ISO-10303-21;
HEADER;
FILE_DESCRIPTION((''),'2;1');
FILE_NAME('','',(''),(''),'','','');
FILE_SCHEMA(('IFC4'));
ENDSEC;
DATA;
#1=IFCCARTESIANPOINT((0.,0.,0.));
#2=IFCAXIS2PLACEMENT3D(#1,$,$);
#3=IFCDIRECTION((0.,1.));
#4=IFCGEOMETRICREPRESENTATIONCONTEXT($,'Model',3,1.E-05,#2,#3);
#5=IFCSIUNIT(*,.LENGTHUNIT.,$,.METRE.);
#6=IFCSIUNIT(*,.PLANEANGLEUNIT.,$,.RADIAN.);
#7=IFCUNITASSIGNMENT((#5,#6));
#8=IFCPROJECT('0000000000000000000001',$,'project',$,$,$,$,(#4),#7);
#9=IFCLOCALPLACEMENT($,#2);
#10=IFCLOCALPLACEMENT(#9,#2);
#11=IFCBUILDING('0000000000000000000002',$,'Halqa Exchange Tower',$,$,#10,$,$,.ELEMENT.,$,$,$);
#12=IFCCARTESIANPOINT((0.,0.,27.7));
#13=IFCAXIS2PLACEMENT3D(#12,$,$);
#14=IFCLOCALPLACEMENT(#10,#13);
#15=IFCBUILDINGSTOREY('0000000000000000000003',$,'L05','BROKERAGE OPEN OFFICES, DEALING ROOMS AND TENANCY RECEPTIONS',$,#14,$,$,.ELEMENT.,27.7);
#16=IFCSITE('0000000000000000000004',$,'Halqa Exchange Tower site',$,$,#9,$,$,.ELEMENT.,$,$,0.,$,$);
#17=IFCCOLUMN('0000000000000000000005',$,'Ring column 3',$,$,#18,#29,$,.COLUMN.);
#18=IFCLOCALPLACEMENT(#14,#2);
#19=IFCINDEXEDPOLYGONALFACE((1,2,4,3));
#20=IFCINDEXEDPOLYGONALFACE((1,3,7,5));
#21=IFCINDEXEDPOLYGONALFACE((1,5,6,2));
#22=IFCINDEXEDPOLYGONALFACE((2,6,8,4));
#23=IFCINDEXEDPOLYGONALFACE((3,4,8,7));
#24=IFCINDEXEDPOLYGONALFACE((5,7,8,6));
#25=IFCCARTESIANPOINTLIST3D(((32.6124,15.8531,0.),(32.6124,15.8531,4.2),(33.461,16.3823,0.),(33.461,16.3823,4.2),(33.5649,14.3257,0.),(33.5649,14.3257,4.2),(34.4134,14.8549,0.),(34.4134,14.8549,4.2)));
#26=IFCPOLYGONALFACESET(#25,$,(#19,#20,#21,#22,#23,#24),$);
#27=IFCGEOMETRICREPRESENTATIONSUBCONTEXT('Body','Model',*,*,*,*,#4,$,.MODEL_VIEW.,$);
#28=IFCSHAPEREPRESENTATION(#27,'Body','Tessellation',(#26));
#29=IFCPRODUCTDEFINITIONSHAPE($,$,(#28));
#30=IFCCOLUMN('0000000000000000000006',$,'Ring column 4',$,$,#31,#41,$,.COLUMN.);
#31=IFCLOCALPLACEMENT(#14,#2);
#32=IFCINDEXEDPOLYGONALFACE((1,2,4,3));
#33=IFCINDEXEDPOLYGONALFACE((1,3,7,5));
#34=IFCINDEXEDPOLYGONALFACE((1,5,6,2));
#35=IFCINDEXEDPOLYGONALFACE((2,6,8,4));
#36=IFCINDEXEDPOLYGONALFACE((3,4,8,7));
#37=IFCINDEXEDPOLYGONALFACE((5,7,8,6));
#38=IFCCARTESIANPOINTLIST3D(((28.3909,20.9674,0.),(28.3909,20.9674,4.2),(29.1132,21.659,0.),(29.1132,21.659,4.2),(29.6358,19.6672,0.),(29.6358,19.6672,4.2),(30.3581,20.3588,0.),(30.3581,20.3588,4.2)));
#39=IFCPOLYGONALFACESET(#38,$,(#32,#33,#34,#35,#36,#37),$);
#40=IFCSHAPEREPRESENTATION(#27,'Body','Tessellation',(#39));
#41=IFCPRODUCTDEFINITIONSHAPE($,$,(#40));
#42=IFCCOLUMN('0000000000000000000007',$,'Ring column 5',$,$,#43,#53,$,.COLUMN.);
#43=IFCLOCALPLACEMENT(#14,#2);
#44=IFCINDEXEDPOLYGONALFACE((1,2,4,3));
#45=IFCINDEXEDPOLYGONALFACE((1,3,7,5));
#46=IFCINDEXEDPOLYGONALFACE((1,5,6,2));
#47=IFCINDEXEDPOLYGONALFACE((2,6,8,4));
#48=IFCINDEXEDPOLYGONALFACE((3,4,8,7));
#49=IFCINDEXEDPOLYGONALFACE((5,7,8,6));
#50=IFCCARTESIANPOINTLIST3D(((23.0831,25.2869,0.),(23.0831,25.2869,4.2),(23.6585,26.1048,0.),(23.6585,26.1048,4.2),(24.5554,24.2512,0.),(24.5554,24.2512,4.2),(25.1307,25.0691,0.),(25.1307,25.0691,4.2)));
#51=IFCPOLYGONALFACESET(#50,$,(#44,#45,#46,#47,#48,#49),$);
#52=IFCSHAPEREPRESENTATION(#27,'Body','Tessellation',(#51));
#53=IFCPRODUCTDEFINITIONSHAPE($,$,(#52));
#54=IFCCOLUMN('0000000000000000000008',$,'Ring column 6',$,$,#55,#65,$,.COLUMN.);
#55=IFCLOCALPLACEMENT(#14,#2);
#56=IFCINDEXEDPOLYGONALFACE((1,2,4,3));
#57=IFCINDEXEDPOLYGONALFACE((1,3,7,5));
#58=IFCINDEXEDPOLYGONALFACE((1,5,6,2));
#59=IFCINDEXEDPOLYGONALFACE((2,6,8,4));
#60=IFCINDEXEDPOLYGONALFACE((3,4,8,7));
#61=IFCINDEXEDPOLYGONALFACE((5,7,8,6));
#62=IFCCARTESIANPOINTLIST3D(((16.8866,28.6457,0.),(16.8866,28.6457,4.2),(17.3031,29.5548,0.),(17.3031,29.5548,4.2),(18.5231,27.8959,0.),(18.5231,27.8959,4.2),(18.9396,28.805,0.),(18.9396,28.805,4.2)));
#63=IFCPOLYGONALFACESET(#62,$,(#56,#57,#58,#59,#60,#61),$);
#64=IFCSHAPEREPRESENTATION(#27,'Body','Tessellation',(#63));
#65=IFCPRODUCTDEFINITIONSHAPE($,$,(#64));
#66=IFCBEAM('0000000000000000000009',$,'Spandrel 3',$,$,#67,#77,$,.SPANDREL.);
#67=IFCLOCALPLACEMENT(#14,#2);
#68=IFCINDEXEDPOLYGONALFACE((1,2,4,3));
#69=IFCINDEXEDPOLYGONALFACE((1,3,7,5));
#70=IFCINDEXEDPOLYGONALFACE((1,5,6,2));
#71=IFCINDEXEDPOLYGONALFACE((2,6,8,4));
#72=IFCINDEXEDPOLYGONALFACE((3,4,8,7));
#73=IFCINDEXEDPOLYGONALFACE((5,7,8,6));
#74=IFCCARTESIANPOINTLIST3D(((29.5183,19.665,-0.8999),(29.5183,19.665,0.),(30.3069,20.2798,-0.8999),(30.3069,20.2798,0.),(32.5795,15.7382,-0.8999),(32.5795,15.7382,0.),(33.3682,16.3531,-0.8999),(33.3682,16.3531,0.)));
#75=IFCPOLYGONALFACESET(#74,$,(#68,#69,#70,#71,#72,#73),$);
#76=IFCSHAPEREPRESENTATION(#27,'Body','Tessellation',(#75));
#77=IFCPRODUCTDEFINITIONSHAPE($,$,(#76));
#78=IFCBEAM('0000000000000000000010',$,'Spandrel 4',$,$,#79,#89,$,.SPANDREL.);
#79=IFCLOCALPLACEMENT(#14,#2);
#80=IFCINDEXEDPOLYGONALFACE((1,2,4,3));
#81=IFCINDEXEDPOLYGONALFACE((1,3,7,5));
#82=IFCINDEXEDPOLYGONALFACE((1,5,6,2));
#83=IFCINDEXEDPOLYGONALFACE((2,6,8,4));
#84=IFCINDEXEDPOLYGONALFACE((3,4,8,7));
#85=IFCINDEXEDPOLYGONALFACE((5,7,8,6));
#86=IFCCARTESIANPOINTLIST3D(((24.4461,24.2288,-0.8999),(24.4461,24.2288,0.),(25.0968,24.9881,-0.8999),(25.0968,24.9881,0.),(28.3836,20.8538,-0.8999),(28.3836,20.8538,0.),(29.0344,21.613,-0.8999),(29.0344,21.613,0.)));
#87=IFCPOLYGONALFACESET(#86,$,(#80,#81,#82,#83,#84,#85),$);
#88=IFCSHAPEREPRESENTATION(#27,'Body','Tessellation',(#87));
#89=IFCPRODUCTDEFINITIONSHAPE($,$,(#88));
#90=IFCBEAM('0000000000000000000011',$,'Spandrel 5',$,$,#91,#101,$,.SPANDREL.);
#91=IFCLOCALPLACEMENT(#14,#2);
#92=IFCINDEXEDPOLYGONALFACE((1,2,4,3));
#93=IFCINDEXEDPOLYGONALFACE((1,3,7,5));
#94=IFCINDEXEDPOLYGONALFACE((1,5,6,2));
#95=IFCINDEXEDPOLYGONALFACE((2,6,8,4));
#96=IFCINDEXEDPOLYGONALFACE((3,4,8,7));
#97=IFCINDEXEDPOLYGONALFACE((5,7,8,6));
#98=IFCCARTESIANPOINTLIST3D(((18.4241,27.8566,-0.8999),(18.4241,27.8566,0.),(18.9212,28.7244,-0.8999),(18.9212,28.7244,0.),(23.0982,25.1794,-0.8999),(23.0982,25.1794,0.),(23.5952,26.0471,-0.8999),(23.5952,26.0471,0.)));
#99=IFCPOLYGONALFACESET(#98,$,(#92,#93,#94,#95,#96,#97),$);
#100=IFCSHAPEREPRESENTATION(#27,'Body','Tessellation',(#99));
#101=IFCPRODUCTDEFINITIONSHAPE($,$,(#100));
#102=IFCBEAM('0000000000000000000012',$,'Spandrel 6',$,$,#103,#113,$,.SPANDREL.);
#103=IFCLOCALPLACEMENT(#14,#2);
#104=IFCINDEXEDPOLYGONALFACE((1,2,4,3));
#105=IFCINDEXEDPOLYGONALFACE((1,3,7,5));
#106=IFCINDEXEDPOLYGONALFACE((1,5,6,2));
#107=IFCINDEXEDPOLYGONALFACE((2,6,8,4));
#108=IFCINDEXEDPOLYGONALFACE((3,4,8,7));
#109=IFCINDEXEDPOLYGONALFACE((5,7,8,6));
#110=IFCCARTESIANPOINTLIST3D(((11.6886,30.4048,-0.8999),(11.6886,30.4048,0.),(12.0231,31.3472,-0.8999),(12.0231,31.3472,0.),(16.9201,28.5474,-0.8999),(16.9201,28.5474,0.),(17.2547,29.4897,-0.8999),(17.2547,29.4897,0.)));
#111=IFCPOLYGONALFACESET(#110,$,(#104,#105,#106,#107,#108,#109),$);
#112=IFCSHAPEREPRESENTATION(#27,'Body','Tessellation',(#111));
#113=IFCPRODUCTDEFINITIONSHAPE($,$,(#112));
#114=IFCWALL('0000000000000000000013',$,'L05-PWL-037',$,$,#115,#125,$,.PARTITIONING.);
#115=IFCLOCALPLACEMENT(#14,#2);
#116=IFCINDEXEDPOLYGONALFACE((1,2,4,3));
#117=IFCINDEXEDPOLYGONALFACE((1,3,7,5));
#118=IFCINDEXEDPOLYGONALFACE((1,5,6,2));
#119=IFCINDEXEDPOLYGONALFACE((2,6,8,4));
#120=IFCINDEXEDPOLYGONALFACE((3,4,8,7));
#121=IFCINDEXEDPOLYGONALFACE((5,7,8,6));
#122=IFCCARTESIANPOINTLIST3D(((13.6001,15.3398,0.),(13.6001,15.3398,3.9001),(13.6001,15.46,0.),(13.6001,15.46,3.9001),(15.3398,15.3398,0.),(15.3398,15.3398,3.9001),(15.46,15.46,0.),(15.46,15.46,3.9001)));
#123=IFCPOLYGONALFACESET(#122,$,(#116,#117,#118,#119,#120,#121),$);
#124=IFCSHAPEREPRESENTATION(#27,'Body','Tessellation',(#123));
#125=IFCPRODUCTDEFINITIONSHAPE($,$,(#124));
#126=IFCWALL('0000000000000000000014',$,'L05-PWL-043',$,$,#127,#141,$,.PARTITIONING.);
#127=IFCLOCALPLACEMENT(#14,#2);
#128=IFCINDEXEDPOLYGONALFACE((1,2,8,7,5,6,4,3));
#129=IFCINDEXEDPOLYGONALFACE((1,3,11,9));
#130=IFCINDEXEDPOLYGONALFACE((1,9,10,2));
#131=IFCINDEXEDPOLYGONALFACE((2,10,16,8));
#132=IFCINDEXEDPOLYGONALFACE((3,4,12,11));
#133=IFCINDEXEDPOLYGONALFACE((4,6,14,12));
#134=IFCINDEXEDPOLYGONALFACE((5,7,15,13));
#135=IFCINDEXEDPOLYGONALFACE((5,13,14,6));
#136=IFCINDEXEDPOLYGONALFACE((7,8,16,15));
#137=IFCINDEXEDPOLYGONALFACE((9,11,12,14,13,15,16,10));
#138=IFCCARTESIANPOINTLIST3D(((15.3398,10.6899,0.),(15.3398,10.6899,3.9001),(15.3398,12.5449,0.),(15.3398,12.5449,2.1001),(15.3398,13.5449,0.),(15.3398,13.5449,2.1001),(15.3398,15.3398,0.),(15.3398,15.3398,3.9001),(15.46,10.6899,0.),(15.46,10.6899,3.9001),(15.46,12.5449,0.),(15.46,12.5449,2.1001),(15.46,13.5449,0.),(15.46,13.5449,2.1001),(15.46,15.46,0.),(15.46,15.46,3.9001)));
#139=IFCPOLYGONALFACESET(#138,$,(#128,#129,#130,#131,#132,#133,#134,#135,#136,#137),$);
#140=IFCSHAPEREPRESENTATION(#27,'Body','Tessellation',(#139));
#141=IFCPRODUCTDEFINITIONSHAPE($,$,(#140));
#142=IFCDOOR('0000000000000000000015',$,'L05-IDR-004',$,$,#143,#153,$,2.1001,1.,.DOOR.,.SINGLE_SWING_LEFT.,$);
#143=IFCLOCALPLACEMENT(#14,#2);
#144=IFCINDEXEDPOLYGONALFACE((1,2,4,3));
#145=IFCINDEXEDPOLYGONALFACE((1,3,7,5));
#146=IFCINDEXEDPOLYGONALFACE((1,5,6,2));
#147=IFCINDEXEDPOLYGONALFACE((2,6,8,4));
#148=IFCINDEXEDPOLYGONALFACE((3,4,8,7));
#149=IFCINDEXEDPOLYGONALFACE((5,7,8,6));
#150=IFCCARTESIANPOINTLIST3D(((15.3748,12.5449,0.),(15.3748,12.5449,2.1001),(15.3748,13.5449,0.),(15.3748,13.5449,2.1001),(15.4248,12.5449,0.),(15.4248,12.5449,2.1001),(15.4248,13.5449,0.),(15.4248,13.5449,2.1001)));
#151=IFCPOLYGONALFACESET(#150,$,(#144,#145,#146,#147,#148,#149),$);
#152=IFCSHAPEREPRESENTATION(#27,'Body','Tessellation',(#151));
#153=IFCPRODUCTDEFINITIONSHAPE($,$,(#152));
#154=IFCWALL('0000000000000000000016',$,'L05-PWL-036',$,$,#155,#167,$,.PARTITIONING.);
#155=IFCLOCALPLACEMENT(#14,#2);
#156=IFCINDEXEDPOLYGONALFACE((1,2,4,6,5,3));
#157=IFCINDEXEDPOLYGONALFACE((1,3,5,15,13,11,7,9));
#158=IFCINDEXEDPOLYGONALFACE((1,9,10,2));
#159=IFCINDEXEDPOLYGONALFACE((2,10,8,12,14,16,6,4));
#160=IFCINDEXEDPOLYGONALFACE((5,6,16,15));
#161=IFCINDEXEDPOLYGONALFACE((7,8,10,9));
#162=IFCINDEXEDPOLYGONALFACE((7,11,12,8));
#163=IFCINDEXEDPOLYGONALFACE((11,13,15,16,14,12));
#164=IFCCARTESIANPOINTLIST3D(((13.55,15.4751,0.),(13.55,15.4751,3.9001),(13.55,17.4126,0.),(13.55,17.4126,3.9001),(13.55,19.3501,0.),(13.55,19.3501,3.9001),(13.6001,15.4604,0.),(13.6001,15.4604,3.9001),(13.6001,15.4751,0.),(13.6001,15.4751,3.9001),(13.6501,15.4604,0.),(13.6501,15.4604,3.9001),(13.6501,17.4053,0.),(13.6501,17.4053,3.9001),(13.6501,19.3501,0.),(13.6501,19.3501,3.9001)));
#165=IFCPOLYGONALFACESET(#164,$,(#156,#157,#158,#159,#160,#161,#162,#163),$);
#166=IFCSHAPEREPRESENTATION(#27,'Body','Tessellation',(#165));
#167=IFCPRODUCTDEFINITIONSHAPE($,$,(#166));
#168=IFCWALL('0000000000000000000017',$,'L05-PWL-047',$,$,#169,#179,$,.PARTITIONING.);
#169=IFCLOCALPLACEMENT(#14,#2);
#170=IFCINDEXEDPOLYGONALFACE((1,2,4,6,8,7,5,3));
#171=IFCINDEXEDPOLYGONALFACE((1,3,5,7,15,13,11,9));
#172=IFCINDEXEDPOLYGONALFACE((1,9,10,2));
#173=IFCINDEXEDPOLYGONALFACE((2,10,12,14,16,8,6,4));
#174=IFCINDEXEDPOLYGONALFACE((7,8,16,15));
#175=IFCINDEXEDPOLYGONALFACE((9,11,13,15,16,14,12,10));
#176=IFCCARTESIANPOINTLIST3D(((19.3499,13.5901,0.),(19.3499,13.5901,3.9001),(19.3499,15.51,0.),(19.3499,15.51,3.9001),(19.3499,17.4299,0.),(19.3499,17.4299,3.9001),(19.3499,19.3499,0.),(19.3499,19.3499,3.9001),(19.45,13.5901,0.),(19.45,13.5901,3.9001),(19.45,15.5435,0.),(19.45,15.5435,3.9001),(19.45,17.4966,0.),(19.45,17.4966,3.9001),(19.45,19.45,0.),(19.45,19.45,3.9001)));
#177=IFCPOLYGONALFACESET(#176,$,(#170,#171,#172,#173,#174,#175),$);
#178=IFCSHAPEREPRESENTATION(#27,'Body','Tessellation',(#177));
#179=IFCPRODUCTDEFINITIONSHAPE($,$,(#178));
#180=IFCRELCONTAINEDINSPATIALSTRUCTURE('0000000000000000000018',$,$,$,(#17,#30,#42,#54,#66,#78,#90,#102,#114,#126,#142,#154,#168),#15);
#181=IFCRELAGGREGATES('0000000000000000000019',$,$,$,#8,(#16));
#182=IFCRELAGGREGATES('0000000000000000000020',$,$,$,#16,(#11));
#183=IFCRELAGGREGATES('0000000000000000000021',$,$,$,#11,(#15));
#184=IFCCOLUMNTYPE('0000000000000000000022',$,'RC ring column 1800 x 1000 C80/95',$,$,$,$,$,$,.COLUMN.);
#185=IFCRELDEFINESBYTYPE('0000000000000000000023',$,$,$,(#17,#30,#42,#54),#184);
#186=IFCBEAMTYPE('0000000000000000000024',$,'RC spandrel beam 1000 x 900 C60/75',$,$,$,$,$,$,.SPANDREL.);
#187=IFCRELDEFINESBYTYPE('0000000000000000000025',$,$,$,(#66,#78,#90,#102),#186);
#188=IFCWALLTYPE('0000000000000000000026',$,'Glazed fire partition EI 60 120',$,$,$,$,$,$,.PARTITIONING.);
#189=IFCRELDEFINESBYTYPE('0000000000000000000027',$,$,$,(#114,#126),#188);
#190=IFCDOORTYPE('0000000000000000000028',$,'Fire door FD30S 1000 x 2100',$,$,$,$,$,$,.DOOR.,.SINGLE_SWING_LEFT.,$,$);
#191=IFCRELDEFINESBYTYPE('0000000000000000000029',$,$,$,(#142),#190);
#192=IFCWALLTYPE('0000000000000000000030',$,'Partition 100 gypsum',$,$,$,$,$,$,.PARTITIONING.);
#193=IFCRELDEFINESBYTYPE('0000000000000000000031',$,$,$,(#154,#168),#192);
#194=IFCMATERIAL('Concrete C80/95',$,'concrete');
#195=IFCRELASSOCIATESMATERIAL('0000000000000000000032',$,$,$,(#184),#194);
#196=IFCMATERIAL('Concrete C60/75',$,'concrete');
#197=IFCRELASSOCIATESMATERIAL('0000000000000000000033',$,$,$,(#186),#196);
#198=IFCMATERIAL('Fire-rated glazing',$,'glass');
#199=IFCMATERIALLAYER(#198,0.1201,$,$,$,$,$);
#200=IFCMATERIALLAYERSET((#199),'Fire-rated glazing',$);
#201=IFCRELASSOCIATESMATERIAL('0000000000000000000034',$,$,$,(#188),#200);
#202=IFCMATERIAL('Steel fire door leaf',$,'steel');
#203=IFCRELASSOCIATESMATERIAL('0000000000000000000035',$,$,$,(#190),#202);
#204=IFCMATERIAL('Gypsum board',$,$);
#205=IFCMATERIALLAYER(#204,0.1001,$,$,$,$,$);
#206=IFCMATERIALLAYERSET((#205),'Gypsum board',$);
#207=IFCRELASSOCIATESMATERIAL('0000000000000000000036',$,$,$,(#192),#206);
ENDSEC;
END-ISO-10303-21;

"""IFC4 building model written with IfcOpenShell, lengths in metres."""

from ifc_helpers import new_model, si_unit, direction, frame, frame_2d, origin, origin_2d, place, context, subcontext, project, spatial, polyline, rectangle, outline, extrude, material, layer, layer_set, material_profile, profile_set, type_object, element, fill, save


model = new_model("IFC4")

# Units and contexts
model_context = context("Model", 3, precision=1e-05, world=origin(), true_north=direction((0.0, 1.0)))
body_context = subcontext(model_context, "Body", "Model", "MODEL_VIEW")
ifc_project = project(units=[si_unit("LENGTHUNIT", "METRE"), si_unit("PLANEANGLEUNIT", "RADIAN")], contexts=[model_context])

# Site, building, storey
site_placement = place(None, origin())
site = spatial("IfcSite", under=ifc_project, at=site_placement, Name="Halqa Exchange Tower site", CompositionType="ELEMENT", RefElevation=0.0)
building_placement = place(site_placement, origin())
building = spatial("IfcBuilding", under=site, at=building_placement, Name="Halqa Exchange Tower", CompositionType="ELEMENT")
storey_placement = place(building_placement, frame((0.0, 0.0, 27.7)))
storey = spatial("IfcBuildingStorey", under=building, at=storey_placement, Name="L05", Description="BROKERAGE OPEN OFFICES, DEALING ROOMS AND TENANCY RECEPTIONS", CompositionType="ELEMENT", Elevation=27.7)

# Columns
ifc_material_1 = material(Name="Concrete C80/95", Category="concrete")
ifc_material_profile_1 = material_profile(ifc_material_1, rectangle(XDim=1.8, YDim=1.0, at=origin_2d()), Name="1800 x 1000")
ifc_profile_set_1 = profile_set([ifc_material_profile_1], Name="Concrete C80/95")
column_type = type_object("IfcColumnType", Name="RC ring column 1800 x 1000 C80/95", PredefinedType="COLUMN", material=ifc_profile_set_1)
for number, where, z_axis, x_axis, name in (
    (1, (33.5129, 15.354, 0.0), (0.0, 0.0, 1.0), (-0.52914, 0.848534, 0.0), "Ring column 3"),
    (2, (29.3745, 20.6631, 0.0), (0.0, 0.0, 1.0), (-0.691581, 0.722299, 0.0), "Ring column 4"),
    (3, (24.1069, 25.178, 0.0), (0.0, 0.0, 1.0), (-0.817909, 0.575348, 0.0), "Ring column 5"),
    (4, (17.9131, 28.7253, 0.0), (0.0, 0.0, 1.0), (-0.909126, 0.416522, 0.0), "Ring column 6"),
):
    element("IfcColumn", number, at=place(storey_placement, frame(where, z_axis=z_axis, x_axis=x_axis)), inside=storey, type_object=column_type, Name=name, PredefinedType="COLUMN", context=body_context, shape_type="SweptSolid", body=[
        extrude(rectangle(XDim=1.8, YDim=1.0, at=origin_2d()), origin(), (0.0, 0.0, 1.0), 4.2),
    ])

# Beams
ifc_material_2 = material(Name="Concrete C60/75", Category="concrete")
ifc_material_profile_2 = material_profile(ifc_material_2, rectangle(XDim=1.0, YDim=0.8999, at=origin_2d()), Name="1000 x 900")
ifc_profile_set_2 = profile_set([ifc_material_profile_2], Name="Concrete C60/75")
beam_type = type_object("IfcBeamType", Name="RC spandrel beam 1000 x 900 C60/75", PredefinedType="SPANDREL", material=ifc_profile_set_2)
beam_1_placement = place(storey_placement, frame((32.9739, 16.0457, -0.45), z_axis=(-0.614833, 0.788657, 0.0), x_axis=(-0.788657, -0.614833, 0.0)))
element("IfcBeam", 5, at=beam_1_placement, inside=storey, type_object=beam_type, Name="Spandrel 3", PredefinedType="SPANDREL", context=body_context, shape_type="SweptSolid", body=[
    extrude(rectangle(XDim=1.0, YDim=0.8999, at=origin_2d()), origin(), (0.0, 0.0, 1.0), 4.979),
])
beam_2_placement = place(storey_placement, frame((28.709, 21.2334, -0.45), z_axis=(-0.759257, 0.650791, 0.0), x_axis=(-0.650791, -0.759257, 0.0)))
element("IfcBeam", 6, at=beam_2_placement, inside=storey, type_object=beam_type, Name="Spandrel 4", PredefinedType="SPANDREL", context=body_context, shape_type="SweptSolid", body=[
    extrude(rectangle(XDim=1.0, YDim=0.8999, at=origin_2d()), origin(), (0.0, 0.0, 1.0), 5.186),
])
beam_3_placement = place(storey_placement, frame((23.3467, 25.6133, -0.45), z_axis=(-0.867735, 0.497027, 0.0), x_axis=(-0.497027, -0.867735, 0.0)))
element("IfcBeam", 7, at=beam_3_placement, inside=storey, type_object=beam_type, Name="Spandrel 5", PredefinedType="SPANDREL", context=body_context, shape_type="SweptSolid", body=[
    extrude(rectangle(XDim=1.0, YDim=0.8999, at=origin_2d()), origin(), (0.0, 0.0, 1.0), 5.3865),
])
beam_4_placement = place(storey_placement, frame((17.0874, 29.0186, -0.45), z_axis=(-0.942365, 0.334586, 0.0), x_axis=(-0.334586, -0.942365, 0.0)))
element("IfcBeam", 8, at=beam_4_placement, inside=storey, type_object=beam_type, Name="Spandrel 6", PredefinedType="SPANDREL", context=body_context, shape_type="SweptSolid", body=[
    extrude(rectangle(XDim=1.0, YDim=0.8999, at=origin_2d()), origin(), (0.0, 0.0, 1.0), 5.5515),
])

# Wall
ifc_material_3 = material(Name="Fire-rated glazing", Category="glass")
ifc_layer_1 = layer(ifc_material_3, 0.1201)
ifc_layer_set_1 = layer_set([ifc_layer_1], Name="Fire-rated glazing")
wall_type_1 = type_object("IfcWallType", Name="Glazed fire partition EI 60 120", PredefinedType="PARTITIONING", material=ifc_layer_set_1)
wall_1_placement = place(storey_placement, frame((13.6001, 15.3999, 0.0), z_axis=(0.0, 0.0, 1.0), x_axis=(1.0, 0.0, 0.0)))
element("IfcWall", 9, at=wall_1_placement, inside=storey, type_object=wall_type_1, Name="L05-PWL-037", PredefinedType="PARTITIONING", context=body_context, shape_type="SweptSolid", body=[
    extrude(outline(polyline([(0.0, -0.0601), (1.7397, -0.0601), (1.8599, 0.0601), (0.0, 0.0601), (0.0, -0.0601)])), origin(), (0.0, 0.0, 1.0), 3.9001),
])

# Wall, opening, door
wall_2_placement = place(storey_placement, frame((15.3999, 15.46, 0.0), z_axis=(0.0, 0.0, 1.0), x_axis=(0.0, -1.0, 0.0)))
wall_2 = element("IfcWall", 10, at=wall_2_placement, inside=storey, type_object=wall_type_1, Name="L05-PWL-043", PredefinedType="PARTITIONING", context=body_context, shape_type="SweptSolid", body=[
    extrude(outline(polyline([(4.77, 0.0601), (3.1799, 0.0601), (1.5901, 0.0601), (0.0, 0.0601), (0.1201, -0.0601), (1.6702, -0.0601), (3.22, -0.0601), (4.77, -0.0601), (4.77, 0.0601)])), origin(), (0.0, 0.0, 1.0), 3.9001),
])
opening_1_placement = place(wall_2_placement, frame((1.915, 0.0, 0.0)))
opening_1 = element("IfcOpeningElement", 11, at=opening_1_placement, cuts=wall_2, PredefinedType="OPENING", context=body_context, shape_type="SweptSolid", body=[
    extrude(rectangle(XDim=1.0, YDim=2.1001, at=frame_2d((0.5, 1.05))), frame((0.0, 0.072, 0.0), z_axis=(0.0, -1.0, 0.0), x_axis=(1.0, 0.0, 0.0)), (0.0, 0.0, 1.0), 0.144),
])
ifc_material_4 = material(Name="Steel fire door leaf", Category="steel")
door_type_1 = type_object("IfcDoorType", Name="Fire door FD30S 1000 x 2100", OperationType="SINGLE_SWING_LEFT", PredefinedType="DOOR", material=ifc_material_4)
door_1_placement = place(opening_1_placement, origin())
door_1 = element("IfcDoor", 12, at=door_1_placement, inside=storey, type_object=door_type_1, Name="L05-IDR-004", OperationType="SINGLE_SWING_LEFT", OverallHeight=2.1001, OverallWidth=1.0, PredefinedType="DOOR", context=body_context, shape_type="SweptSolid", body=[
    extrude(rectangle(XDim=1.0, YDim=2.1001, at=frame_2d((0.5, 1.05))), frame((0.0, 0.0249, 0.0), z_axis=(0.0, -1.0, 0.0), x_axis=(1.0, 0.0, 0.0)), (0.0, 0.0, 1.0), 0.05),
])
fill(opening_1, door_1)

# Walls
ifc_material_5 = material(Name="Gypsum board")
ifc_layer_2 = layer(ifc_material_5, 0.1001)
ifc_layer_set_2 = layer_set([ifc_layer_2], Name="Gypsum board")
wall_type_2 = type_object("IfcWallType", Name="Partition 100 gypsum", PredefinedType="PARTITIONING", material=ifc_layer_set_2)
wall_3_placement = place(storey_placement, frame((13.6001, 15.4604, 0.0), z_axis=(0.0, 0.0, 1.0), x_axis=(0.0, 1.0, 0.0)))
element("IfcWall", 13, at=wall_3_placement, inside=storey, type_object=wall_type_2, Name="L05-PWL-036", PredefinedType="PARTITIONING", context=body_context, shape_type="SweptSolid", body=[
    extrude(outline(polyline([(0.0, -0.05), (1.9448, -0.05), (3.8896, -0.05), (3.8896, 0.05), (1.9521, 0.05), (0.0146, 0.05), (0.0146, 0.0), (0.0, 0.0), (0.0, -0.05)])), origin(), (0.0, 0.0, 1.0), 3.9001),
])
wall_4_placement = place(storey_placement, frame((19.3999, 19.45, 0.0), z_axis=(0.0, 0.0, 1.0), x_axis=(0.0, -1.0, 0.0)))
element("IfcWall", 14, at=wall_4_placement, inside=storey, type_object=wall_type_2, Name="L05-PWL-047", PredefinedType="PARTITIONING", context=body_context, shape_type="SweptSolid", body=[
    extrude(outline(polyline([(5.8599, 0.05), (3.9065, 0.05), (1.9534, 0.05), (0.0, 0.05), (0.1001, -0.05), (2.02, -0.05), (3.9399, -0.05), (5.8599, -0.05), (5.8599, 0.05)])), origin(), (0.0, 0.0, 1.0), 3.9001),
])

save(model, "model.ifc")
